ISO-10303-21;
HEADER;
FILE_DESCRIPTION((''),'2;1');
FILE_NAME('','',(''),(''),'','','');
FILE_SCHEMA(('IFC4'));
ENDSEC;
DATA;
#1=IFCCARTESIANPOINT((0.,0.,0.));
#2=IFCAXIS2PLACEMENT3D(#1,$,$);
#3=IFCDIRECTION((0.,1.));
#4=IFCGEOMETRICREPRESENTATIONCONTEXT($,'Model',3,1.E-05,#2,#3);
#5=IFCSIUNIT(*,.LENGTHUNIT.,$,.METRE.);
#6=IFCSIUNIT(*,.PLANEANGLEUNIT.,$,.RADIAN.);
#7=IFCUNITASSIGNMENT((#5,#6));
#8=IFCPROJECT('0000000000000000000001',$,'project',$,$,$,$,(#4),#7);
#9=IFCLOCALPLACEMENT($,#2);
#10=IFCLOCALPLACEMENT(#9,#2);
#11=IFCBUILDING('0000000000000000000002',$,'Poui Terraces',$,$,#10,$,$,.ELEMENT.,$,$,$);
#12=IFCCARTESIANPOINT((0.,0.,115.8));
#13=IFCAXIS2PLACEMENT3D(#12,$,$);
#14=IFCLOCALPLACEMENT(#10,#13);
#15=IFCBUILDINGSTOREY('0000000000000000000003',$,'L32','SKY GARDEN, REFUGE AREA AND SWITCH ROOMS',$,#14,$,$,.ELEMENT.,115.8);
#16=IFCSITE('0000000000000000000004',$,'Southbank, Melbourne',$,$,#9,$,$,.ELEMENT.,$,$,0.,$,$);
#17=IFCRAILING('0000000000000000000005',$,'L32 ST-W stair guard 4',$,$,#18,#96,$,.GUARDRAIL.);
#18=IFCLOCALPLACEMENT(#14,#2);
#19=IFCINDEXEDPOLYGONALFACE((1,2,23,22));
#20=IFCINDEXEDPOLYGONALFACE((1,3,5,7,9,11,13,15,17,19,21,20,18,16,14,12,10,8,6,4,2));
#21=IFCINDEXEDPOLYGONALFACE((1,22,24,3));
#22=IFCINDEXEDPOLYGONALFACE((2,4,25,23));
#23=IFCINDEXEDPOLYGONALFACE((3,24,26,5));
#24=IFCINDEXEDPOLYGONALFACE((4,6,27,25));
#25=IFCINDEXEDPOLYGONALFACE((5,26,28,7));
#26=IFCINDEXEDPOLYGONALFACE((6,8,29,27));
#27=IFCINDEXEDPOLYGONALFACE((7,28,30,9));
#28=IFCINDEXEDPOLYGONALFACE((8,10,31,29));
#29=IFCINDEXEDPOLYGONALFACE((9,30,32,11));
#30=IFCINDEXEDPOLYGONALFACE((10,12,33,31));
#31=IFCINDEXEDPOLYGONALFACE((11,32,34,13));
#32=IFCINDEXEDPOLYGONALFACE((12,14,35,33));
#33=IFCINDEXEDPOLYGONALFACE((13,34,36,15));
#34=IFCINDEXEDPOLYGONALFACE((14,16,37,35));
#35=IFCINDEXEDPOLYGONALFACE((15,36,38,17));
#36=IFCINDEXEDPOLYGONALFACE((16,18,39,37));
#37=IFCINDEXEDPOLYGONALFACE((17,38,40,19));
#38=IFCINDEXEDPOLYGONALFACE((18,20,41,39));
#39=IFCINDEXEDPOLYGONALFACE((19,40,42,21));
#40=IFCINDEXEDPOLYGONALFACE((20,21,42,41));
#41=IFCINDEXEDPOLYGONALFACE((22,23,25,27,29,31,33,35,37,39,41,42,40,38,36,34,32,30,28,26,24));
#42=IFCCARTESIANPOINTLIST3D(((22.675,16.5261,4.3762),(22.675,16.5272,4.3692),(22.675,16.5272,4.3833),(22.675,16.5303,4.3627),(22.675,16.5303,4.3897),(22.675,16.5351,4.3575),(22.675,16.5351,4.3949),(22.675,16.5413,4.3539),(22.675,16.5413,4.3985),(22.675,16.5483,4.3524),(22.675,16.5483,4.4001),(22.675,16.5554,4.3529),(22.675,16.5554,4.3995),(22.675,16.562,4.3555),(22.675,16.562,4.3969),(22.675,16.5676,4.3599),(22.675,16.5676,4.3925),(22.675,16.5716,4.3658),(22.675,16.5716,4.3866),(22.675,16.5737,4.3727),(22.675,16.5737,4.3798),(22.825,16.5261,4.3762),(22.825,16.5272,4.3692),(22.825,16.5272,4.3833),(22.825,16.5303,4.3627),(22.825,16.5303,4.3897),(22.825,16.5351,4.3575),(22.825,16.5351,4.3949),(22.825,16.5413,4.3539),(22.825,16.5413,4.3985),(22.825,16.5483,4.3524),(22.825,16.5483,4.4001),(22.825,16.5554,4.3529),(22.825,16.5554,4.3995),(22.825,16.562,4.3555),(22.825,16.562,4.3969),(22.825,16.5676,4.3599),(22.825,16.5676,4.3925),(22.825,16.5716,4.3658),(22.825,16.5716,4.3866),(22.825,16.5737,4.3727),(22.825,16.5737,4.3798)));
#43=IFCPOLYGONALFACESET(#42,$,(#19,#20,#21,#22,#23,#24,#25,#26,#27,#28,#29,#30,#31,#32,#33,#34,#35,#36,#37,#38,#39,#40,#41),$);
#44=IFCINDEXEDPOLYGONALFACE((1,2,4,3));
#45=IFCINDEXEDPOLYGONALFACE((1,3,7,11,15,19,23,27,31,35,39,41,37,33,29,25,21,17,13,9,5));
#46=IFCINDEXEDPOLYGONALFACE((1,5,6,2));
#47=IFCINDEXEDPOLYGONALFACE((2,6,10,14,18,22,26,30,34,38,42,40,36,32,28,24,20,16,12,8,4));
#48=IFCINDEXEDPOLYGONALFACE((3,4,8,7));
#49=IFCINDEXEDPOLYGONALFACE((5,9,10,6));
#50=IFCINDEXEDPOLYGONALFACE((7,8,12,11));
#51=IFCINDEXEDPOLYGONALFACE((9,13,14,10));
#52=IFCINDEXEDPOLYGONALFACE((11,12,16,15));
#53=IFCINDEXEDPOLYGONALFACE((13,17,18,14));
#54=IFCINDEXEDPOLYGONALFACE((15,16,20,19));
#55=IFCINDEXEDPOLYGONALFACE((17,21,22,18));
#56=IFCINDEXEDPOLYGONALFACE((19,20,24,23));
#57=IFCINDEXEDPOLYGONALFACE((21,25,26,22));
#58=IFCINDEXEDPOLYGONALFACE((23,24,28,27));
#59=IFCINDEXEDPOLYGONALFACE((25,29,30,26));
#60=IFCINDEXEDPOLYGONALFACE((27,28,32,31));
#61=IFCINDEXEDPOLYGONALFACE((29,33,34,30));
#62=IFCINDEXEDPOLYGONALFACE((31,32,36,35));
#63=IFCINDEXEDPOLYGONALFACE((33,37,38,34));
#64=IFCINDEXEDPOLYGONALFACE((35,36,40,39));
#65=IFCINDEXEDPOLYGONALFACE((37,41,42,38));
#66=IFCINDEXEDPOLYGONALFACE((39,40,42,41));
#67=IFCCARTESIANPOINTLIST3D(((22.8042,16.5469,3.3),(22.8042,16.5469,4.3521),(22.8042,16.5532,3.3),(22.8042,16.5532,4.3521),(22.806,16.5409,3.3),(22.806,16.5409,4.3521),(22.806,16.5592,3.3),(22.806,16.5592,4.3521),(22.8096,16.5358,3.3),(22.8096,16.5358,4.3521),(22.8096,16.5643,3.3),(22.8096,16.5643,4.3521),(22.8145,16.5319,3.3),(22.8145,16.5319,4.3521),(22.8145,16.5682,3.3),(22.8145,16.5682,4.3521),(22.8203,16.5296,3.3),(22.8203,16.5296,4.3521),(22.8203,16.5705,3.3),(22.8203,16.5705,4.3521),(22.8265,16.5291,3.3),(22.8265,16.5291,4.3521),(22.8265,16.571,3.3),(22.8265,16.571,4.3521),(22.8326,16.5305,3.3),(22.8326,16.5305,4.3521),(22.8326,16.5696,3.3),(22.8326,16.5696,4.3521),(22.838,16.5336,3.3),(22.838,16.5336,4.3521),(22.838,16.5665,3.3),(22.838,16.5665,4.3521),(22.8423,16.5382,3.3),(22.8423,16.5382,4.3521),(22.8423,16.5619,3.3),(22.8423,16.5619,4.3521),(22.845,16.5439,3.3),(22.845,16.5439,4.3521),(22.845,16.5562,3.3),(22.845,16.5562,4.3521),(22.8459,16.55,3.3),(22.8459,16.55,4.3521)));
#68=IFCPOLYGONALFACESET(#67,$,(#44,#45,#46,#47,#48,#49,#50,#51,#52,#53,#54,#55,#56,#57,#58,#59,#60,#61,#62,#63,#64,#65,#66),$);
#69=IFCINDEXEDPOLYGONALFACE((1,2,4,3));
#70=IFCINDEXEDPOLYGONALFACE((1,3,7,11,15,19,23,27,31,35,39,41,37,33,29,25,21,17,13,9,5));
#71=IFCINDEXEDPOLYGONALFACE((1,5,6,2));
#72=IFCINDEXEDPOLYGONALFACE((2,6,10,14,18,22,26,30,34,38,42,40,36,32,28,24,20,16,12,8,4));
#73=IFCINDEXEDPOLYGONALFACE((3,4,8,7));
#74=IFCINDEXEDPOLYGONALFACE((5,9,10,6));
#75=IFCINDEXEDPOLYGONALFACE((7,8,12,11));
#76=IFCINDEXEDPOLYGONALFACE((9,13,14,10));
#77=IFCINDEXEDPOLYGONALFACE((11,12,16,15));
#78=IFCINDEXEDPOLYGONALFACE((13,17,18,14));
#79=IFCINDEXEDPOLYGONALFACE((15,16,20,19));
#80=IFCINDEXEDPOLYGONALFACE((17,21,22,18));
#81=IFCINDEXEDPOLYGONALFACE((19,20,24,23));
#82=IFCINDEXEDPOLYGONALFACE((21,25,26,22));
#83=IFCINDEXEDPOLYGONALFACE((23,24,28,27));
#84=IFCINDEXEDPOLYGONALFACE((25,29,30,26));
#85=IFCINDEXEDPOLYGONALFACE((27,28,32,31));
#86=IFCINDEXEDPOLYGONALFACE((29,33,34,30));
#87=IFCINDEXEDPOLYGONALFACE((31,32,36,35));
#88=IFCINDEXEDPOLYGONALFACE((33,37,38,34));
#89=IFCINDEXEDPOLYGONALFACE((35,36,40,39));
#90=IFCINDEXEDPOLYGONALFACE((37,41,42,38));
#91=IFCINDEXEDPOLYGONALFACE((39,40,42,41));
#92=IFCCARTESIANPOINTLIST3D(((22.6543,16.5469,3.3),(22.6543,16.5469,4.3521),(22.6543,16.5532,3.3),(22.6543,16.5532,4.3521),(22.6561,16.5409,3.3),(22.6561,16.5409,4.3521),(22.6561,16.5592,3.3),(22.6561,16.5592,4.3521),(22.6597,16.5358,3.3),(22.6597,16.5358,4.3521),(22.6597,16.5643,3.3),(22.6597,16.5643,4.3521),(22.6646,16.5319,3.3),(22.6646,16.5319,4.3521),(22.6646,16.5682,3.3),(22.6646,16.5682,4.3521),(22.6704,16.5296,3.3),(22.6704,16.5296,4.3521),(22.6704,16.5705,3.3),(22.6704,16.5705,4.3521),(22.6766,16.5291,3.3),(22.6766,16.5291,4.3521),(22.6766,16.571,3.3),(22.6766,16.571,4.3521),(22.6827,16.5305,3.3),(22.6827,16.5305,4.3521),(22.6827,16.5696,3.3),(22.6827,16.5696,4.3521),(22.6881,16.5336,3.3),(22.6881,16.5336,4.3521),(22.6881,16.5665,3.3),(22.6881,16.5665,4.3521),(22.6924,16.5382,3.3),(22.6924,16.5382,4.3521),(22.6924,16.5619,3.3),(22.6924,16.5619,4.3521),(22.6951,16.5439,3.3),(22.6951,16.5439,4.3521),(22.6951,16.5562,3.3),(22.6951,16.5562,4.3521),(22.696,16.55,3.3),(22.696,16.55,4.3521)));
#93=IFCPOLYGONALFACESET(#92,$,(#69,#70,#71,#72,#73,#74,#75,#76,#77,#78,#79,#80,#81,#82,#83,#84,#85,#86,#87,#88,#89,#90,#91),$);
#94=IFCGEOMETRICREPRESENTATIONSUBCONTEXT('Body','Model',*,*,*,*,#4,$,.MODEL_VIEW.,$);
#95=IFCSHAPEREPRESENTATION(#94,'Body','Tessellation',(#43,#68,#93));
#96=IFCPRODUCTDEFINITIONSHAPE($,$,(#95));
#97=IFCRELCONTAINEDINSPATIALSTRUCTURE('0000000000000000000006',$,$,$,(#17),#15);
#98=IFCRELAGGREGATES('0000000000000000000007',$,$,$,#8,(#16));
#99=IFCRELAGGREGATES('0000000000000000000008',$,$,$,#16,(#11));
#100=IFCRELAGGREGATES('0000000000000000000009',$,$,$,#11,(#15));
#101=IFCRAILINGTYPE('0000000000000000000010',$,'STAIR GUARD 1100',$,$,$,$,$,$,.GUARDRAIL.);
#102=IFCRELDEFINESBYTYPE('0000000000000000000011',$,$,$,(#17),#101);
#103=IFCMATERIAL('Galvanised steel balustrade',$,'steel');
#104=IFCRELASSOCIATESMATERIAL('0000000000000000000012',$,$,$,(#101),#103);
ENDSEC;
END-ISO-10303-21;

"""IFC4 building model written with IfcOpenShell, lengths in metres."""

from ifc_helpers import new_model, si_unit, direction, frame, origin, origin_2d, place, context, subcontext, project, spatial, circle, extrude, material, type_object, element, save


model = new_model("IFC4")

# Units and contexts
model_context = context("Model", 3, precision=1e-05, world=origin(), true_north=direction((0.0, 1.0)))
body_context = subcontext(model_context, "Body", "Model", "MODEL_VIEW")
ifc_project = project(units=[si_unit("LENGTHUNIT", "METRE"), si_unit("PLANEANGLEUNIT", "RADIAN")], contexts=[model_context])

# Site, building, storey
site_placement = place(None, origin())
site = spatial("IfcSite", under=ifc_project, at=site_placement, Name="Southbank, Melbourne", CompositionType="ELEMENT", RefElevation=0.0)
building_placement = place(site_placement, origin())
building = spatial("IfcBuilding", under=site, at=building_placement, Name="Poui Terraces", CompositionType="ELEMENT")
storey_placement = place(building_placement, frame((0.0, 0.0, 115.8)))
storey = spatial("IfcBuildingStorey", under=building, at=storey_placement, Name="L32", Description="SKY GARDEN, REFUGE AREA AND SWITCH ROOMS", CompositionType="ELEMENT", Elevation=115.8)

# Railing
ifc_material_1 = material(Name="Galvanised steel balustrade", Category="steel")
railing_type_1 = type_object("IfcRailingType", Name="STAIR GUARD 1100", PredefinedType="GUARDRAIL", material=ifc_material_1)
railing_1_placement = place(storey_placement, frame((22.825, 16.55, 3.3)))
element("IfcRailing", 1, at=railing_1_placement, inside=storey, type_object=railing_type_1, Name="L32 ST-W stair guard 4", PredefinedType="GUARDRAIL", context=body_context, shape_type="SweptSolid", body=[
    extrude(circle(Radius=0.0239, at=origin_2d()), frame((0.0, 0.0, 1.0762), z_axis=(-1.0, 0.0, 0.0), x_axis=(0.0, -1.0, 0.0)), (0.0, 0.0, 1.0), 0.1499),
    extrude(circle(Radius=0.021, at=origin_2d()), origin(), (0.0, 0.0, 1.0), 1.052),
    extrude(circle(Radius=0.021, at=origin_2d()), frame((-0.1499, 0.0, 0.0)), (0.0, 0.0, 1.0), 1.052),
])

save(model, "model.ifc")
